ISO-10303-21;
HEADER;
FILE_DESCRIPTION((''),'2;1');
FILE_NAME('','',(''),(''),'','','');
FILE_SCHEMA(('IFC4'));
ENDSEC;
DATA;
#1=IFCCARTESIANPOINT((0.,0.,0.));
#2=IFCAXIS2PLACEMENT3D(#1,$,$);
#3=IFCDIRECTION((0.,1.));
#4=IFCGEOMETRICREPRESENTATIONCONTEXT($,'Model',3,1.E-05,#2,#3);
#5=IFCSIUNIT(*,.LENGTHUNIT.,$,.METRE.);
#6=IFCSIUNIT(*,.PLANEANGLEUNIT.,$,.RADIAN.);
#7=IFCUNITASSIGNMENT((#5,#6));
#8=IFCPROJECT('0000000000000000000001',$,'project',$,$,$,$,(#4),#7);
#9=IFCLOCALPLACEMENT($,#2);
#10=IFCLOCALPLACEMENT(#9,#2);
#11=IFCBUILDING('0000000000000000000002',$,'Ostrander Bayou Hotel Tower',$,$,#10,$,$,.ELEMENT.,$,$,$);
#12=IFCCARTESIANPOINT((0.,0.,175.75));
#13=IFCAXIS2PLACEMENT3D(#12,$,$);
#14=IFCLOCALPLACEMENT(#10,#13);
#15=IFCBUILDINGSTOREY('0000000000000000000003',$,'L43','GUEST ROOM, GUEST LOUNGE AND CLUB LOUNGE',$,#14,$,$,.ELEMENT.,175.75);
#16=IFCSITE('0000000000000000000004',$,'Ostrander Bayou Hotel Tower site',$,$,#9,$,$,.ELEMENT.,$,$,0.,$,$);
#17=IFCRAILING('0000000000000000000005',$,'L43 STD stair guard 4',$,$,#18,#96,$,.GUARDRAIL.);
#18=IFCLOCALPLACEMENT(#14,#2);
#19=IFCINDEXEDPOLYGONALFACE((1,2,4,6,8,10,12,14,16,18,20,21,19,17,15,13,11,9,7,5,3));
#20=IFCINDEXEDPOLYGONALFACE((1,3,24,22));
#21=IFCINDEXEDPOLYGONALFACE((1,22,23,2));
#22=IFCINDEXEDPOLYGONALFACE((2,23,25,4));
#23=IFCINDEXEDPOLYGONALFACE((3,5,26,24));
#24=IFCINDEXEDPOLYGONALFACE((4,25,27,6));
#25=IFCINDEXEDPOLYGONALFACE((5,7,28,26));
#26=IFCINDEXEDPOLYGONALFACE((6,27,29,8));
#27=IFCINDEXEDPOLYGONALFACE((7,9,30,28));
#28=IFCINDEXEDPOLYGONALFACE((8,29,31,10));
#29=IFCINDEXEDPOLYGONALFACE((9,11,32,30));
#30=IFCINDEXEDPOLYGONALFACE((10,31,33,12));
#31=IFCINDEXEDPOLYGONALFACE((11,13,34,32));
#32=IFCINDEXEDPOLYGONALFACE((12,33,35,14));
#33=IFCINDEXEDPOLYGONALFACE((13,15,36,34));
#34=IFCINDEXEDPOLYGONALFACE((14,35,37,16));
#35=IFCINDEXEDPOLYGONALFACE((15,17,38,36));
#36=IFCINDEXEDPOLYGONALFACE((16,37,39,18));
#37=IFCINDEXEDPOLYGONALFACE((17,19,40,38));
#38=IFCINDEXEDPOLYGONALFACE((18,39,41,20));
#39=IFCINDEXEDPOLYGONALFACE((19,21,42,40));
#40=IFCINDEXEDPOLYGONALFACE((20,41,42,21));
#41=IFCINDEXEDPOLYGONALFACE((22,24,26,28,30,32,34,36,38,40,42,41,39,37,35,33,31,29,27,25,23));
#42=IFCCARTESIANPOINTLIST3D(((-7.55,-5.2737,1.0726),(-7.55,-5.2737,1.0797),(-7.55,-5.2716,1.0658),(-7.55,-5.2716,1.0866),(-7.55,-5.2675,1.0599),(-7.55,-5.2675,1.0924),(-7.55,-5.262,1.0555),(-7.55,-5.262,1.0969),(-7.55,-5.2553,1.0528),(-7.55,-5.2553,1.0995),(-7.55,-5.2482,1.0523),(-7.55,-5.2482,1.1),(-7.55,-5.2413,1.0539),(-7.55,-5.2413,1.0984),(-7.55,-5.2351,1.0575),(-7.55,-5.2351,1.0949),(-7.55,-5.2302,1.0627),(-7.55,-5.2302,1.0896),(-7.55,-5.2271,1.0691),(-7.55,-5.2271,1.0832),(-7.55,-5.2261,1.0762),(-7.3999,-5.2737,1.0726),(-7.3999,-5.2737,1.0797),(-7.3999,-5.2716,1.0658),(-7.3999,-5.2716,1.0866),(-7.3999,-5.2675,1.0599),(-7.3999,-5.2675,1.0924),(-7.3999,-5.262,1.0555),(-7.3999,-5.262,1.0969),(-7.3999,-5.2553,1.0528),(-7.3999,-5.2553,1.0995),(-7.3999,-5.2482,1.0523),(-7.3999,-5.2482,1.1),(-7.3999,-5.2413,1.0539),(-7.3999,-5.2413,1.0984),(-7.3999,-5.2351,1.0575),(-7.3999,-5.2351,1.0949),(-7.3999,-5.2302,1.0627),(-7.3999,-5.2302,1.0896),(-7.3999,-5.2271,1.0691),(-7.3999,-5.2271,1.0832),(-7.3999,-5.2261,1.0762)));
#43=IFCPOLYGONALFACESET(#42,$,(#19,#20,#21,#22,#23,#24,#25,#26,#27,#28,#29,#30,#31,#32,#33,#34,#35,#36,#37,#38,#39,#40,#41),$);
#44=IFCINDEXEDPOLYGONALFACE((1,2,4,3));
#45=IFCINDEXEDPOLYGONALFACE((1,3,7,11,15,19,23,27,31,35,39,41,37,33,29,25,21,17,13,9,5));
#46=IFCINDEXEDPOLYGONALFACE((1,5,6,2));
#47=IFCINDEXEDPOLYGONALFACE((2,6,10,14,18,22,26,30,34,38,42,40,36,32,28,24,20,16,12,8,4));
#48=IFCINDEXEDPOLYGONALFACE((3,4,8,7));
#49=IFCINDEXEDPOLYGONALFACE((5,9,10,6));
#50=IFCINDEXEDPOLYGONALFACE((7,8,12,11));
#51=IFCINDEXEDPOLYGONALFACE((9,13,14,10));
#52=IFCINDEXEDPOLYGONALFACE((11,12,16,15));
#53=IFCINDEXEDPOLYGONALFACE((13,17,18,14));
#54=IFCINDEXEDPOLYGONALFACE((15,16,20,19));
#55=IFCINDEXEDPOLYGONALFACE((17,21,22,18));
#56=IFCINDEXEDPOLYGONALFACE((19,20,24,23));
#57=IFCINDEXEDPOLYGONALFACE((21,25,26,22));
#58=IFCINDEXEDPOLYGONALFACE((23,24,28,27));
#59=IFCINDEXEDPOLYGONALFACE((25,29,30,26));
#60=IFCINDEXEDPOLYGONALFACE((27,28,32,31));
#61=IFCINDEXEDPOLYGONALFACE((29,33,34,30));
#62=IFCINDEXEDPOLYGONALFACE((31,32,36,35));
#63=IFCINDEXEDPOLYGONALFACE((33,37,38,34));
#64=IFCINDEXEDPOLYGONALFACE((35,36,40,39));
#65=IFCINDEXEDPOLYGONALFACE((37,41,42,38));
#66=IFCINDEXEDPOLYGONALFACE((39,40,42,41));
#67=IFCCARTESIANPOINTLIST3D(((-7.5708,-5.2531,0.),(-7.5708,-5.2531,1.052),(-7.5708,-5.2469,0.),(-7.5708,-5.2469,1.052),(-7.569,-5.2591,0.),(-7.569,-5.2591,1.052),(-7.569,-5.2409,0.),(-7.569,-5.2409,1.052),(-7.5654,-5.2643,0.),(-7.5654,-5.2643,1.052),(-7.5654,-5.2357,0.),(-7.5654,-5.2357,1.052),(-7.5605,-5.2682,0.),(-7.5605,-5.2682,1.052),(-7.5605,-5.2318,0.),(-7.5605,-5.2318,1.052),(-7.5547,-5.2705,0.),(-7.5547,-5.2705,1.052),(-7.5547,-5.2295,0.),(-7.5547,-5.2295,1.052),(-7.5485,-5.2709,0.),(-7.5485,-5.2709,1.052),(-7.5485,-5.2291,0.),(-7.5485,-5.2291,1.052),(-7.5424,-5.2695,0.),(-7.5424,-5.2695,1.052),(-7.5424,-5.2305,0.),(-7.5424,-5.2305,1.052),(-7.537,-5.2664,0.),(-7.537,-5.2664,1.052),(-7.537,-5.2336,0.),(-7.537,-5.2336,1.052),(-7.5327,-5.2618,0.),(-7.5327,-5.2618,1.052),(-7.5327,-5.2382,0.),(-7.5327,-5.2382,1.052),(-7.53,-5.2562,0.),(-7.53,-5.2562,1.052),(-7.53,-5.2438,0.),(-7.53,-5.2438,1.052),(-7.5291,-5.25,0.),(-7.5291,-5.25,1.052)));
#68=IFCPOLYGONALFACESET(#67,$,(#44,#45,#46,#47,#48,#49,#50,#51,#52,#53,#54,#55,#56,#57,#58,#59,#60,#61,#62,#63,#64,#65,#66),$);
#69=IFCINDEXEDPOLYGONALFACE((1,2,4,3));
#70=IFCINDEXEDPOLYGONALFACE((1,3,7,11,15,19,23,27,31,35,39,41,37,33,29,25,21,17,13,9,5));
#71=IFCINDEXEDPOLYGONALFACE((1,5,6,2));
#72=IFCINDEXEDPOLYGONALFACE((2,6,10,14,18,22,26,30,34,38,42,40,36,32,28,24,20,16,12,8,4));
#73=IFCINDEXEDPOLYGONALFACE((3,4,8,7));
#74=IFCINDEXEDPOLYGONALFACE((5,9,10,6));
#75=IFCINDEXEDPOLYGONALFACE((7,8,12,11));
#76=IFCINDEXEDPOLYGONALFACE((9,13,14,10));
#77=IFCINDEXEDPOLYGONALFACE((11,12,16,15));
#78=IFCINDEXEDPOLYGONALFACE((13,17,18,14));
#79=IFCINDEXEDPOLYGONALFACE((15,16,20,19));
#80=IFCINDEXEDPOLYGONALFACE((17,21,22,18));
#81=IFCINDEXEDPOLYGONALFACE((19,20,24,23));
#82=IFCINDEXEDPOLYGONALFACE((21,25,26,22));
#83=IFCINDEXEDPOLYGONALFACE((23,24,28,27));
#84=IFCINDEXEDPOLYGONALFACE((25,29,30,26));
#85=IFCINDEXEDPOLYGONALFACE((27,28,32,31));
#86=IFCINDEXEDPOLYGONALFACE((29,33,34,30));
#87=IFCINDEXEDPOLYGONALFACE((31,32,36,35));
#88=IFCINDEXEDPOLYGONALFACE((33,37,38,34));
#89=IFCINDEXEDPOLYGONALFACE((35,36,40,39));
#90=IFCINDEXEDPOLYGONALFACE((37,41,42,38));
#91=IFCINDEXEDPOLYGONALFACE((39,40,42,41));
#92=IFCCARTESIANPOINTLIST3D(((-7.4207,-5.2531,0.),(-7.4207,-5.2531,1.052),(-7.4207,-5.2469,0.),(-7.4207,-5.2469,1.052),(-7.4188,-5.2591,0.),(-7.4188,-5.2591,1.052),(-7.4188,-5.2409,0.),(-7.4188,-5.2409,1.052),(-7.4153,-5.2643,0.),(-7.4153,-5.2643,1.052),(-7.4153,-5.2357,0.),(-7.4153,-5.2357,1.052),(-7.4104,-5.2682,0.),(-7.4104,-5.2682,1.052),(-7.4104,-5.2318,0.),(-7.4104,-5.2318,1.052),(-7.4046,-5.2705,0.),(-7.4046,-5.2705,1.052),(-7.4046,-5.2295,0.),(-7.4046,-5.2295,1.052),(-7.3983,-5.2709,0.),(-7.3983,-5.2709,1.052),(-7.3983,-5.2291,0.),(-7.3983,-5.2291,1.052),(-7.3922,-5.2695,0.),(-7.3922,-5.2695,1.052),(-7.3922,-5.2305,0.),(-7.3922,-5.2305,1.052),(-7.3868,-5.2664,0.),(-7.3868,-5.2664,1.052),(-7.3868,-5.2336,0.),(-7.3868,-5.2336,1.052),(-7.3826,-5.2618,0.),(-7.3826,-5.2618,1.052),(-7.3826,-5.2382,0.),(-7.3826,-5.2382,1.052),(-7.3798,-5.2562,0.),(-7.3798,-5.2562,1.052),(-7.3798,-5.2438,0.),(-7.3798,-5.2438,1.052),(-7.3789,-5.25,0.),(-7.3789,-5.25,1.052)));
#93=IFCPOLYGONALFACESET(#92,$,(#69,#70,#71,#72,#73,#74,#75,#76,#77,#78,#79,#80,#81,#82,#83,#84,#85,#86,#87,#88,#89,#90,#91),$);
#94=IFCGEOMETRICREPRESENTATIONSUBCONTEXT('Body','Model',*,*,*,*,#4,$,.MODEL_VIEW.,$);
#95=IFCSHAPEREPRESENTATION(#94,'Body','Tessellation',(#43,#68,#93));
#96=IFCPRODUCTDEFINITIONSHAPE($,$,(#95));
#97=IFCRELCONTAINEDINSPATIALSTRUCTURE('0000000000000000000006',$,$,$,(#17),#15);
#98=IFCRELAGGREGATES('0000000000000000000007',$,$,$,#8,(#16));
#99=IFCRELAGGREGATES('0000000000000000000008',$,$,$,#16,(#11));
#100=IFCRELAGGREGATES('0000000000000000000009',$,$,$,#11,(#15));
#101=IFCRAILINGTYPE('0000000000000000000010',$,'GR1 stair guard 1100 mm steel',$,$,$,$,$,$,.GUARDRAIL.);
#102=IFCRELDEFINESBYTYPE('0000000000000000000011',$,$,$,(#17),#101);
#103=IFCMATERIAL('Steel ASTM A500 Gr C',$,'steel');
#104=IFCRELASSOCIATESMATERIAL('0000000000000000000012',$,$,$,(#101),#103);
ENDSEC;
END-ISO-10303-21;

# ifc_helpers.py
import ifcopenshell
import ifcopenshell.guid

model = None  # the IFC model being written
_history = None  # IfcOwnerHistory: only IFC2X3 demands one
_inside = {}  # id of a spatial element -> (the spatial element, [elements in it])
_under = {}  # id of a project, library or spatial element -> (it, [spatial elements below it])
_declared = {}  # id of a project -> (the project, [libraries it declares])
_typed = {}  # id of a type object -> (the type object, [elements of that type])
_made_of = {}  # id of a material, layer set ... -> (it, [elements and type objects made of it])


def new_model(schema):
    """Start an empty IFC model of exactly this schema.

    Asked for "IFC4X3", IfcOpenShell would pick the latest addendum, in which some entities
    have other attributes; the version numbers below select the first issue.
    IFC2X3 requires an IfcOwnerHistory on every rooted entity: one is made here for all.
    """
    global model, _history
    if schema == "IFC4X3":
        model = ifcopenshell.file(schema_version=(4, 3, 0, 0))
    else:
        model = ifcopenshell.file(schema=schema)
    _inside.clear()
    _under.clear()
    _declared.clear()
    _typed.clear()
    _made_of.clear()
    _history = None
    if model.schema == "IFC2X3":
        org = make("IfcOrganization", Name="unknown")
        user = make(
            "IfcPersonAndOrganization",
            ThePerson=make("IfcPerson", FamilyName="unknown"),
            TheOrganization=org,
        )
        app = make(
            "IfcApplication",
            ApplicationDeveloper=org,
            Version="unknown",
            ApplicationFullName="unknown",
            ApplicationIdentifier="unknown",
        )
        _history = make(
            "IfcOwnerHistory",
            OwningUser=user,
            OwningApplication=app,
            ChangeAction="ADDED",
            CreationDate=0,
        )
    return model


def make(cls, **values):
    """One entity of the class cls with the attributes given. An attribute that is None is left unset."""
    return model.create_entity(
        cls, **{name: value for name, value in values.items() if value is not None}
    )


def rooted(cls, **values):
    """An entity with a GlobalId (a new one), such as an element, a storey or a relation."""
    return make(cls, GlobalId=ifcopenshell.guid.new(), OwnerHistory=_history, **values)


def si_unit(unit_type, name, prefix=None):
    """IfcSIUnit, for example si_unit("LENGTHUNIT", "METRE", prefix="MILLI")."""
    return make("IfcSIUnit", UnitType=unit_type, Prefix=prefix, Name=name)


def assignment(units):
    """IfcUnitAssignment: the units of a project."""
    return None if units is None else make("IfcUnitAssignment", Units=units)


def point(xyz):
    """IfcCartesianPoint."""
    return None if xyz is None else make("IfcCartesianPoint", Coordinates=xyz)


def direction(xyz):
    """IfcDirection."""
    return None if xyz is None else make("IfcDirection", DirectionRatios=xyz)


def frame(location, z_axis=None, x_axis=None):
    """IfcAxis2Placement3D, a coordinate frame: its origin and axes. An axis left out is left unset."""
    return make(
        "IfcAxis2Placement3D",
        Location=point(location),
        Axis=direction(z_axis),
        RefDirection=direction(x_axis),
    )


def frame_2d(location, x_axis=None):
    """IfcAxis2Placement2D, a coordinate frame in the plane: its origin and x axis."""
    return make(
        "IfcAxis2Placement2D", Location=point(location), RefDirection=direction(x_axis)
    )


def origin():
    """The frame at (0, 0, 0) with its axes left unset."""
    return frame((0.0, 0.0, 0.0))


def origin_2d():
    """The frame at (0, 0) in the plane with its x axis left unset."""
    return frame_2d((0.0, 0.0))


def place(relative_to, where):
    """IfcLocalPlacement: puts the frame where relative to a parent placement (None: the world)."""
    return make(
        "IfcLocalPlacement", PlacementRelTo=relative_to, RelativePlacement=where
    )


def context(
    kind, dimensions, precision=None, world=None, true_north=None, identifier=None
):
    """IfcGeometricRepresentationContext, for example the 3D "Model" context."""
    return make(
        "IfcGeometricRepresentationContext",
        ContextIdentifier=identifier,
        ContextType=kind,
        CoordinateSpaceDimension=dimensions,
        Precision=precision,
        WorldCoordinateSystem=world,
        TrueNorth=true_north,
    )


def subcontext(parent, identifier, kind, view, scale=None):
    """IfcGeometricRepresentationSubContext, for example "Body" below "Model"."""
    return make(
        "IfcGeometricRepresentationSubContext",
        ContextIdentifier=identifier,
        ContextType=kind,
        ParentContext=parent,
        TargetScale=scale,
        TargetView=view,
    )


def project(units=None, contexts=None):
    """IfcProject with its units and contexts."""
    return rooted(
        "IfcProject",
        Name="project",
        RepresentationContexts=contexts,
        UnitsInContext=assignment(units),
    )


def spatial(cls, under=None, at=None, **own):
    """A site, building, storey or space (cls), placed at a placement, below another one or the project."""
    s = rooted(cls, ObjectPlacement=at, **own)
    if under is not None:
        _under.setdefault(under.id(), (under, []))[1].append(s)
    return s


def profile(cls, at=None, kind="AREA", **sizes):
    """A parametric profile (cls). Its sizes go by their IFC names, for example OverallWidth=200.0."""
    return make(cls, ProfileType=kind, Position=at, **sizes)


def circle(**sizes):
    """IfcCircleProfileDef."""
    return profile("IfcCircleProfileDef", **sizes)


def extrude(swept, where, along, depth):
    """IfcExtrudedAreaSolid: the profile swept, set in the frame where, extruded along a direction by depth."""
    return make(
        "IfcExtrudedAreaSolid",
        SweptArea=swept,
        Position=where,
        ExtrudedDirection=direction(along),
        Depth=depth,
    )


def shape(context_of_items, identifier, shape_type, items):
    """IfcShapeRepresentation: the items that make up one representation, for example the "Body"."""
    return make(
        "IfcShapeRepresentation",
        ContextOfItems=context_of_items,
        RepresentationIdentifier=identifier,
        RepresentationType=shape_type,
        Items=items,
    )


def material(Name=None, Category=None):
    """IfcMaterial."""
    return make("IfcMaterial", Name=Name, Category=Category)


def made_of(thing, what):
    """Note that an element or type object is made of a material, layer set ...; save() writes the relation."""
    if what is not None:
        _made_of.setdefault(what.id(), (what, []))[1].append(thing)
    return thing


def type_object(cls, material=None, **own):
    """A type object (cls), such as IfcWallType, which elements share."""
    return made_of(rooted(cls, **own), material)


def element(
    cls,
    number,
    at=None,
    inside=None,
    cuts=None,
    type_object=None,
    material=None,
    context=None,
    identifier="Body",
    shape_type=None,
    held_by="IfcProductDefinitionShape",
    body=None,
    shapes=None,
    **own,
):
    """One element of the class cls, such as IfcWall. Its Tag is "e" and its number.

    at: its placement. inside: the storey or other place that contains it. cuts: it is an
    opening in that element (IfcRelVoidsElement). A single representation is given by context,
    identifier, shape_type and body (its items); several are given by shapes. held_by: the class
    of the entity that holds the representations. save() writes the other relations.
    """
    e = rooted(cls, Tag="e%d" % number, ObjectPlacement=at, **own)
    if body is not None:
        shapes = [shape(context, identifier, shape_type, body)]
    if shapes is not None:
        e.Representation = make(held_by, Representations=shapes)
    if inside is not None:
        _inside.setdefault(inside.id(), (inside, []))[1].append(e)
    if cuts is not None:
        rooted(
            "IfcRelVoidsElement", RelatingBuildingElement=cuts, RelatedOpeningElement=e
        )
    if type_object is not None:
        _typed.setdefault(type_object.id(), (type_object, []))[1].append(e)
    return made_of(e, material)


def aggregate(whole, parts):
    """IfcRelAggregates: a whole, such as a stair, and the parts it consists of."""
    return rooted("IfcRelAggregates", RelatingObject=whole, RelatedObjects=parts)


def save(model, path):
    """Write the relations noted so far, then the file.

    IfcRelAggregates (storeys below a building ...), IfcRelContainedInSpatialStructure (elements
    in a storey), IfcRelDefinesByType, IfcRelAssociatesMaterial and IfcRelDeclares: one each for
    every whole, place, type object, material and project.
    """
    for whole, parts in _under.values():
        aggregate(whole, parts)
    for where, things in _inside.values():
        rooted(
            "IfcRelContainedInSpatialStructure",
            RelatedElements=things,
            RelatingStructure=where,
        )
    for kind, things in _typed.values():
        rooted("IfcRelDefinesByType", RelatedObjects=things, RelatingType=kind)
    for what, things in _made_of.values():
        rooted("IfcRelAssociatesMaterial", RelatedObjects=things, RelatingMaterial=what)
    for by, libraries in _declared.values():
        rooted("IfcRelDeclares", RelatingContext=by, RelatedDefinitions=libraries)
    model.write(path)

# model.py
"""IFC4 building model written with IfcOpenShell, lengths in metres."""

from ifc_helpers import new_model, si_unit, direction, frame, origin, origin_2d, place, context, subcontext, project, spatial, circle, extrude, material, type_object, element, save


model = new_model("IFC4")

# Units and contexts
model_context = context("Model", 3, precision=1e-05, world=origin(), true_north=direction((0.0, 1.0)))
body_context = subcontext(model_context, "Body", "Model", "MODEL_VIEW")
ifc_project = project(units=[si_unit("LENGTHUNIT", "METRE"), si_unit("PLANEANGLEUNIT", "RADIAN")], contexts=[model_context])

# Site, building, storey
site_placement = place(None, origin())
site = spatial("IfcSite", under=ifc_project, at=site_placement, Name="Ostrander Bayou Hotel Tower site", CompositionType="ELEMENT", RefElevation=0.0)
building_placement = place(site_placement, origin())
building = spatial("IfcBuilding", under=site, at=building_placement, Name="Ostrander Bayou Hotel Tower", CompositionType="ELEMENT")
storey_placement = place(building_placement, frame((0.0, 0.0, 175.75)))
storey = spatial("IfcBuildingStorey", under=building, at=storey_placement, Name="L43", Description="GUEST ROOM, GUEST LOUNGE AND CLUB LOUNGE", CompositionType="ELEMENT", Elevation=175.75)

# Railing
ifc_material_1 = material(Name="Steel ASTM A500 Gr C", Category="steel")
railing_type_1 = type_object("IfcRailingType", Name="GR1 stair guard 1100 mm steel", PredefinedType="GUARDRAIL", material=ifc_material_1)
railing_1_placement = place(storey_placement, frame((-7.55, -5.25, 0.0)))
element("IfcRailing", 1, at=railing_1_placement, inside=storey, type_object=railing_type_1, Name="L43 STD stair guard 4", PredefinedType="GUARDRAIL", context=body_context, shape_type="SweptSolid", body=[
    extrude(circle(Radius=0.0239, at=origin_2d()), frame((0.0, 0.0, 1.0762), z_axis=(1.0, 0.0, 0.0), x_axis=(0.0, 1.0, 0.0)), (0.0, 0.0, 1.0), 0.1501),
    extrude(circle(Radius=0.021, at=origin_2d()), origin(), (0.0, 0.0, 1.0), 1.052),
    extrude(circle(Radius=0.021, at=origin_2d()), frame((0.1501, 0.0, 0.0)), (0.0, 0.0, 1.0), 1.052),
])

save(model, "model.ifc")
